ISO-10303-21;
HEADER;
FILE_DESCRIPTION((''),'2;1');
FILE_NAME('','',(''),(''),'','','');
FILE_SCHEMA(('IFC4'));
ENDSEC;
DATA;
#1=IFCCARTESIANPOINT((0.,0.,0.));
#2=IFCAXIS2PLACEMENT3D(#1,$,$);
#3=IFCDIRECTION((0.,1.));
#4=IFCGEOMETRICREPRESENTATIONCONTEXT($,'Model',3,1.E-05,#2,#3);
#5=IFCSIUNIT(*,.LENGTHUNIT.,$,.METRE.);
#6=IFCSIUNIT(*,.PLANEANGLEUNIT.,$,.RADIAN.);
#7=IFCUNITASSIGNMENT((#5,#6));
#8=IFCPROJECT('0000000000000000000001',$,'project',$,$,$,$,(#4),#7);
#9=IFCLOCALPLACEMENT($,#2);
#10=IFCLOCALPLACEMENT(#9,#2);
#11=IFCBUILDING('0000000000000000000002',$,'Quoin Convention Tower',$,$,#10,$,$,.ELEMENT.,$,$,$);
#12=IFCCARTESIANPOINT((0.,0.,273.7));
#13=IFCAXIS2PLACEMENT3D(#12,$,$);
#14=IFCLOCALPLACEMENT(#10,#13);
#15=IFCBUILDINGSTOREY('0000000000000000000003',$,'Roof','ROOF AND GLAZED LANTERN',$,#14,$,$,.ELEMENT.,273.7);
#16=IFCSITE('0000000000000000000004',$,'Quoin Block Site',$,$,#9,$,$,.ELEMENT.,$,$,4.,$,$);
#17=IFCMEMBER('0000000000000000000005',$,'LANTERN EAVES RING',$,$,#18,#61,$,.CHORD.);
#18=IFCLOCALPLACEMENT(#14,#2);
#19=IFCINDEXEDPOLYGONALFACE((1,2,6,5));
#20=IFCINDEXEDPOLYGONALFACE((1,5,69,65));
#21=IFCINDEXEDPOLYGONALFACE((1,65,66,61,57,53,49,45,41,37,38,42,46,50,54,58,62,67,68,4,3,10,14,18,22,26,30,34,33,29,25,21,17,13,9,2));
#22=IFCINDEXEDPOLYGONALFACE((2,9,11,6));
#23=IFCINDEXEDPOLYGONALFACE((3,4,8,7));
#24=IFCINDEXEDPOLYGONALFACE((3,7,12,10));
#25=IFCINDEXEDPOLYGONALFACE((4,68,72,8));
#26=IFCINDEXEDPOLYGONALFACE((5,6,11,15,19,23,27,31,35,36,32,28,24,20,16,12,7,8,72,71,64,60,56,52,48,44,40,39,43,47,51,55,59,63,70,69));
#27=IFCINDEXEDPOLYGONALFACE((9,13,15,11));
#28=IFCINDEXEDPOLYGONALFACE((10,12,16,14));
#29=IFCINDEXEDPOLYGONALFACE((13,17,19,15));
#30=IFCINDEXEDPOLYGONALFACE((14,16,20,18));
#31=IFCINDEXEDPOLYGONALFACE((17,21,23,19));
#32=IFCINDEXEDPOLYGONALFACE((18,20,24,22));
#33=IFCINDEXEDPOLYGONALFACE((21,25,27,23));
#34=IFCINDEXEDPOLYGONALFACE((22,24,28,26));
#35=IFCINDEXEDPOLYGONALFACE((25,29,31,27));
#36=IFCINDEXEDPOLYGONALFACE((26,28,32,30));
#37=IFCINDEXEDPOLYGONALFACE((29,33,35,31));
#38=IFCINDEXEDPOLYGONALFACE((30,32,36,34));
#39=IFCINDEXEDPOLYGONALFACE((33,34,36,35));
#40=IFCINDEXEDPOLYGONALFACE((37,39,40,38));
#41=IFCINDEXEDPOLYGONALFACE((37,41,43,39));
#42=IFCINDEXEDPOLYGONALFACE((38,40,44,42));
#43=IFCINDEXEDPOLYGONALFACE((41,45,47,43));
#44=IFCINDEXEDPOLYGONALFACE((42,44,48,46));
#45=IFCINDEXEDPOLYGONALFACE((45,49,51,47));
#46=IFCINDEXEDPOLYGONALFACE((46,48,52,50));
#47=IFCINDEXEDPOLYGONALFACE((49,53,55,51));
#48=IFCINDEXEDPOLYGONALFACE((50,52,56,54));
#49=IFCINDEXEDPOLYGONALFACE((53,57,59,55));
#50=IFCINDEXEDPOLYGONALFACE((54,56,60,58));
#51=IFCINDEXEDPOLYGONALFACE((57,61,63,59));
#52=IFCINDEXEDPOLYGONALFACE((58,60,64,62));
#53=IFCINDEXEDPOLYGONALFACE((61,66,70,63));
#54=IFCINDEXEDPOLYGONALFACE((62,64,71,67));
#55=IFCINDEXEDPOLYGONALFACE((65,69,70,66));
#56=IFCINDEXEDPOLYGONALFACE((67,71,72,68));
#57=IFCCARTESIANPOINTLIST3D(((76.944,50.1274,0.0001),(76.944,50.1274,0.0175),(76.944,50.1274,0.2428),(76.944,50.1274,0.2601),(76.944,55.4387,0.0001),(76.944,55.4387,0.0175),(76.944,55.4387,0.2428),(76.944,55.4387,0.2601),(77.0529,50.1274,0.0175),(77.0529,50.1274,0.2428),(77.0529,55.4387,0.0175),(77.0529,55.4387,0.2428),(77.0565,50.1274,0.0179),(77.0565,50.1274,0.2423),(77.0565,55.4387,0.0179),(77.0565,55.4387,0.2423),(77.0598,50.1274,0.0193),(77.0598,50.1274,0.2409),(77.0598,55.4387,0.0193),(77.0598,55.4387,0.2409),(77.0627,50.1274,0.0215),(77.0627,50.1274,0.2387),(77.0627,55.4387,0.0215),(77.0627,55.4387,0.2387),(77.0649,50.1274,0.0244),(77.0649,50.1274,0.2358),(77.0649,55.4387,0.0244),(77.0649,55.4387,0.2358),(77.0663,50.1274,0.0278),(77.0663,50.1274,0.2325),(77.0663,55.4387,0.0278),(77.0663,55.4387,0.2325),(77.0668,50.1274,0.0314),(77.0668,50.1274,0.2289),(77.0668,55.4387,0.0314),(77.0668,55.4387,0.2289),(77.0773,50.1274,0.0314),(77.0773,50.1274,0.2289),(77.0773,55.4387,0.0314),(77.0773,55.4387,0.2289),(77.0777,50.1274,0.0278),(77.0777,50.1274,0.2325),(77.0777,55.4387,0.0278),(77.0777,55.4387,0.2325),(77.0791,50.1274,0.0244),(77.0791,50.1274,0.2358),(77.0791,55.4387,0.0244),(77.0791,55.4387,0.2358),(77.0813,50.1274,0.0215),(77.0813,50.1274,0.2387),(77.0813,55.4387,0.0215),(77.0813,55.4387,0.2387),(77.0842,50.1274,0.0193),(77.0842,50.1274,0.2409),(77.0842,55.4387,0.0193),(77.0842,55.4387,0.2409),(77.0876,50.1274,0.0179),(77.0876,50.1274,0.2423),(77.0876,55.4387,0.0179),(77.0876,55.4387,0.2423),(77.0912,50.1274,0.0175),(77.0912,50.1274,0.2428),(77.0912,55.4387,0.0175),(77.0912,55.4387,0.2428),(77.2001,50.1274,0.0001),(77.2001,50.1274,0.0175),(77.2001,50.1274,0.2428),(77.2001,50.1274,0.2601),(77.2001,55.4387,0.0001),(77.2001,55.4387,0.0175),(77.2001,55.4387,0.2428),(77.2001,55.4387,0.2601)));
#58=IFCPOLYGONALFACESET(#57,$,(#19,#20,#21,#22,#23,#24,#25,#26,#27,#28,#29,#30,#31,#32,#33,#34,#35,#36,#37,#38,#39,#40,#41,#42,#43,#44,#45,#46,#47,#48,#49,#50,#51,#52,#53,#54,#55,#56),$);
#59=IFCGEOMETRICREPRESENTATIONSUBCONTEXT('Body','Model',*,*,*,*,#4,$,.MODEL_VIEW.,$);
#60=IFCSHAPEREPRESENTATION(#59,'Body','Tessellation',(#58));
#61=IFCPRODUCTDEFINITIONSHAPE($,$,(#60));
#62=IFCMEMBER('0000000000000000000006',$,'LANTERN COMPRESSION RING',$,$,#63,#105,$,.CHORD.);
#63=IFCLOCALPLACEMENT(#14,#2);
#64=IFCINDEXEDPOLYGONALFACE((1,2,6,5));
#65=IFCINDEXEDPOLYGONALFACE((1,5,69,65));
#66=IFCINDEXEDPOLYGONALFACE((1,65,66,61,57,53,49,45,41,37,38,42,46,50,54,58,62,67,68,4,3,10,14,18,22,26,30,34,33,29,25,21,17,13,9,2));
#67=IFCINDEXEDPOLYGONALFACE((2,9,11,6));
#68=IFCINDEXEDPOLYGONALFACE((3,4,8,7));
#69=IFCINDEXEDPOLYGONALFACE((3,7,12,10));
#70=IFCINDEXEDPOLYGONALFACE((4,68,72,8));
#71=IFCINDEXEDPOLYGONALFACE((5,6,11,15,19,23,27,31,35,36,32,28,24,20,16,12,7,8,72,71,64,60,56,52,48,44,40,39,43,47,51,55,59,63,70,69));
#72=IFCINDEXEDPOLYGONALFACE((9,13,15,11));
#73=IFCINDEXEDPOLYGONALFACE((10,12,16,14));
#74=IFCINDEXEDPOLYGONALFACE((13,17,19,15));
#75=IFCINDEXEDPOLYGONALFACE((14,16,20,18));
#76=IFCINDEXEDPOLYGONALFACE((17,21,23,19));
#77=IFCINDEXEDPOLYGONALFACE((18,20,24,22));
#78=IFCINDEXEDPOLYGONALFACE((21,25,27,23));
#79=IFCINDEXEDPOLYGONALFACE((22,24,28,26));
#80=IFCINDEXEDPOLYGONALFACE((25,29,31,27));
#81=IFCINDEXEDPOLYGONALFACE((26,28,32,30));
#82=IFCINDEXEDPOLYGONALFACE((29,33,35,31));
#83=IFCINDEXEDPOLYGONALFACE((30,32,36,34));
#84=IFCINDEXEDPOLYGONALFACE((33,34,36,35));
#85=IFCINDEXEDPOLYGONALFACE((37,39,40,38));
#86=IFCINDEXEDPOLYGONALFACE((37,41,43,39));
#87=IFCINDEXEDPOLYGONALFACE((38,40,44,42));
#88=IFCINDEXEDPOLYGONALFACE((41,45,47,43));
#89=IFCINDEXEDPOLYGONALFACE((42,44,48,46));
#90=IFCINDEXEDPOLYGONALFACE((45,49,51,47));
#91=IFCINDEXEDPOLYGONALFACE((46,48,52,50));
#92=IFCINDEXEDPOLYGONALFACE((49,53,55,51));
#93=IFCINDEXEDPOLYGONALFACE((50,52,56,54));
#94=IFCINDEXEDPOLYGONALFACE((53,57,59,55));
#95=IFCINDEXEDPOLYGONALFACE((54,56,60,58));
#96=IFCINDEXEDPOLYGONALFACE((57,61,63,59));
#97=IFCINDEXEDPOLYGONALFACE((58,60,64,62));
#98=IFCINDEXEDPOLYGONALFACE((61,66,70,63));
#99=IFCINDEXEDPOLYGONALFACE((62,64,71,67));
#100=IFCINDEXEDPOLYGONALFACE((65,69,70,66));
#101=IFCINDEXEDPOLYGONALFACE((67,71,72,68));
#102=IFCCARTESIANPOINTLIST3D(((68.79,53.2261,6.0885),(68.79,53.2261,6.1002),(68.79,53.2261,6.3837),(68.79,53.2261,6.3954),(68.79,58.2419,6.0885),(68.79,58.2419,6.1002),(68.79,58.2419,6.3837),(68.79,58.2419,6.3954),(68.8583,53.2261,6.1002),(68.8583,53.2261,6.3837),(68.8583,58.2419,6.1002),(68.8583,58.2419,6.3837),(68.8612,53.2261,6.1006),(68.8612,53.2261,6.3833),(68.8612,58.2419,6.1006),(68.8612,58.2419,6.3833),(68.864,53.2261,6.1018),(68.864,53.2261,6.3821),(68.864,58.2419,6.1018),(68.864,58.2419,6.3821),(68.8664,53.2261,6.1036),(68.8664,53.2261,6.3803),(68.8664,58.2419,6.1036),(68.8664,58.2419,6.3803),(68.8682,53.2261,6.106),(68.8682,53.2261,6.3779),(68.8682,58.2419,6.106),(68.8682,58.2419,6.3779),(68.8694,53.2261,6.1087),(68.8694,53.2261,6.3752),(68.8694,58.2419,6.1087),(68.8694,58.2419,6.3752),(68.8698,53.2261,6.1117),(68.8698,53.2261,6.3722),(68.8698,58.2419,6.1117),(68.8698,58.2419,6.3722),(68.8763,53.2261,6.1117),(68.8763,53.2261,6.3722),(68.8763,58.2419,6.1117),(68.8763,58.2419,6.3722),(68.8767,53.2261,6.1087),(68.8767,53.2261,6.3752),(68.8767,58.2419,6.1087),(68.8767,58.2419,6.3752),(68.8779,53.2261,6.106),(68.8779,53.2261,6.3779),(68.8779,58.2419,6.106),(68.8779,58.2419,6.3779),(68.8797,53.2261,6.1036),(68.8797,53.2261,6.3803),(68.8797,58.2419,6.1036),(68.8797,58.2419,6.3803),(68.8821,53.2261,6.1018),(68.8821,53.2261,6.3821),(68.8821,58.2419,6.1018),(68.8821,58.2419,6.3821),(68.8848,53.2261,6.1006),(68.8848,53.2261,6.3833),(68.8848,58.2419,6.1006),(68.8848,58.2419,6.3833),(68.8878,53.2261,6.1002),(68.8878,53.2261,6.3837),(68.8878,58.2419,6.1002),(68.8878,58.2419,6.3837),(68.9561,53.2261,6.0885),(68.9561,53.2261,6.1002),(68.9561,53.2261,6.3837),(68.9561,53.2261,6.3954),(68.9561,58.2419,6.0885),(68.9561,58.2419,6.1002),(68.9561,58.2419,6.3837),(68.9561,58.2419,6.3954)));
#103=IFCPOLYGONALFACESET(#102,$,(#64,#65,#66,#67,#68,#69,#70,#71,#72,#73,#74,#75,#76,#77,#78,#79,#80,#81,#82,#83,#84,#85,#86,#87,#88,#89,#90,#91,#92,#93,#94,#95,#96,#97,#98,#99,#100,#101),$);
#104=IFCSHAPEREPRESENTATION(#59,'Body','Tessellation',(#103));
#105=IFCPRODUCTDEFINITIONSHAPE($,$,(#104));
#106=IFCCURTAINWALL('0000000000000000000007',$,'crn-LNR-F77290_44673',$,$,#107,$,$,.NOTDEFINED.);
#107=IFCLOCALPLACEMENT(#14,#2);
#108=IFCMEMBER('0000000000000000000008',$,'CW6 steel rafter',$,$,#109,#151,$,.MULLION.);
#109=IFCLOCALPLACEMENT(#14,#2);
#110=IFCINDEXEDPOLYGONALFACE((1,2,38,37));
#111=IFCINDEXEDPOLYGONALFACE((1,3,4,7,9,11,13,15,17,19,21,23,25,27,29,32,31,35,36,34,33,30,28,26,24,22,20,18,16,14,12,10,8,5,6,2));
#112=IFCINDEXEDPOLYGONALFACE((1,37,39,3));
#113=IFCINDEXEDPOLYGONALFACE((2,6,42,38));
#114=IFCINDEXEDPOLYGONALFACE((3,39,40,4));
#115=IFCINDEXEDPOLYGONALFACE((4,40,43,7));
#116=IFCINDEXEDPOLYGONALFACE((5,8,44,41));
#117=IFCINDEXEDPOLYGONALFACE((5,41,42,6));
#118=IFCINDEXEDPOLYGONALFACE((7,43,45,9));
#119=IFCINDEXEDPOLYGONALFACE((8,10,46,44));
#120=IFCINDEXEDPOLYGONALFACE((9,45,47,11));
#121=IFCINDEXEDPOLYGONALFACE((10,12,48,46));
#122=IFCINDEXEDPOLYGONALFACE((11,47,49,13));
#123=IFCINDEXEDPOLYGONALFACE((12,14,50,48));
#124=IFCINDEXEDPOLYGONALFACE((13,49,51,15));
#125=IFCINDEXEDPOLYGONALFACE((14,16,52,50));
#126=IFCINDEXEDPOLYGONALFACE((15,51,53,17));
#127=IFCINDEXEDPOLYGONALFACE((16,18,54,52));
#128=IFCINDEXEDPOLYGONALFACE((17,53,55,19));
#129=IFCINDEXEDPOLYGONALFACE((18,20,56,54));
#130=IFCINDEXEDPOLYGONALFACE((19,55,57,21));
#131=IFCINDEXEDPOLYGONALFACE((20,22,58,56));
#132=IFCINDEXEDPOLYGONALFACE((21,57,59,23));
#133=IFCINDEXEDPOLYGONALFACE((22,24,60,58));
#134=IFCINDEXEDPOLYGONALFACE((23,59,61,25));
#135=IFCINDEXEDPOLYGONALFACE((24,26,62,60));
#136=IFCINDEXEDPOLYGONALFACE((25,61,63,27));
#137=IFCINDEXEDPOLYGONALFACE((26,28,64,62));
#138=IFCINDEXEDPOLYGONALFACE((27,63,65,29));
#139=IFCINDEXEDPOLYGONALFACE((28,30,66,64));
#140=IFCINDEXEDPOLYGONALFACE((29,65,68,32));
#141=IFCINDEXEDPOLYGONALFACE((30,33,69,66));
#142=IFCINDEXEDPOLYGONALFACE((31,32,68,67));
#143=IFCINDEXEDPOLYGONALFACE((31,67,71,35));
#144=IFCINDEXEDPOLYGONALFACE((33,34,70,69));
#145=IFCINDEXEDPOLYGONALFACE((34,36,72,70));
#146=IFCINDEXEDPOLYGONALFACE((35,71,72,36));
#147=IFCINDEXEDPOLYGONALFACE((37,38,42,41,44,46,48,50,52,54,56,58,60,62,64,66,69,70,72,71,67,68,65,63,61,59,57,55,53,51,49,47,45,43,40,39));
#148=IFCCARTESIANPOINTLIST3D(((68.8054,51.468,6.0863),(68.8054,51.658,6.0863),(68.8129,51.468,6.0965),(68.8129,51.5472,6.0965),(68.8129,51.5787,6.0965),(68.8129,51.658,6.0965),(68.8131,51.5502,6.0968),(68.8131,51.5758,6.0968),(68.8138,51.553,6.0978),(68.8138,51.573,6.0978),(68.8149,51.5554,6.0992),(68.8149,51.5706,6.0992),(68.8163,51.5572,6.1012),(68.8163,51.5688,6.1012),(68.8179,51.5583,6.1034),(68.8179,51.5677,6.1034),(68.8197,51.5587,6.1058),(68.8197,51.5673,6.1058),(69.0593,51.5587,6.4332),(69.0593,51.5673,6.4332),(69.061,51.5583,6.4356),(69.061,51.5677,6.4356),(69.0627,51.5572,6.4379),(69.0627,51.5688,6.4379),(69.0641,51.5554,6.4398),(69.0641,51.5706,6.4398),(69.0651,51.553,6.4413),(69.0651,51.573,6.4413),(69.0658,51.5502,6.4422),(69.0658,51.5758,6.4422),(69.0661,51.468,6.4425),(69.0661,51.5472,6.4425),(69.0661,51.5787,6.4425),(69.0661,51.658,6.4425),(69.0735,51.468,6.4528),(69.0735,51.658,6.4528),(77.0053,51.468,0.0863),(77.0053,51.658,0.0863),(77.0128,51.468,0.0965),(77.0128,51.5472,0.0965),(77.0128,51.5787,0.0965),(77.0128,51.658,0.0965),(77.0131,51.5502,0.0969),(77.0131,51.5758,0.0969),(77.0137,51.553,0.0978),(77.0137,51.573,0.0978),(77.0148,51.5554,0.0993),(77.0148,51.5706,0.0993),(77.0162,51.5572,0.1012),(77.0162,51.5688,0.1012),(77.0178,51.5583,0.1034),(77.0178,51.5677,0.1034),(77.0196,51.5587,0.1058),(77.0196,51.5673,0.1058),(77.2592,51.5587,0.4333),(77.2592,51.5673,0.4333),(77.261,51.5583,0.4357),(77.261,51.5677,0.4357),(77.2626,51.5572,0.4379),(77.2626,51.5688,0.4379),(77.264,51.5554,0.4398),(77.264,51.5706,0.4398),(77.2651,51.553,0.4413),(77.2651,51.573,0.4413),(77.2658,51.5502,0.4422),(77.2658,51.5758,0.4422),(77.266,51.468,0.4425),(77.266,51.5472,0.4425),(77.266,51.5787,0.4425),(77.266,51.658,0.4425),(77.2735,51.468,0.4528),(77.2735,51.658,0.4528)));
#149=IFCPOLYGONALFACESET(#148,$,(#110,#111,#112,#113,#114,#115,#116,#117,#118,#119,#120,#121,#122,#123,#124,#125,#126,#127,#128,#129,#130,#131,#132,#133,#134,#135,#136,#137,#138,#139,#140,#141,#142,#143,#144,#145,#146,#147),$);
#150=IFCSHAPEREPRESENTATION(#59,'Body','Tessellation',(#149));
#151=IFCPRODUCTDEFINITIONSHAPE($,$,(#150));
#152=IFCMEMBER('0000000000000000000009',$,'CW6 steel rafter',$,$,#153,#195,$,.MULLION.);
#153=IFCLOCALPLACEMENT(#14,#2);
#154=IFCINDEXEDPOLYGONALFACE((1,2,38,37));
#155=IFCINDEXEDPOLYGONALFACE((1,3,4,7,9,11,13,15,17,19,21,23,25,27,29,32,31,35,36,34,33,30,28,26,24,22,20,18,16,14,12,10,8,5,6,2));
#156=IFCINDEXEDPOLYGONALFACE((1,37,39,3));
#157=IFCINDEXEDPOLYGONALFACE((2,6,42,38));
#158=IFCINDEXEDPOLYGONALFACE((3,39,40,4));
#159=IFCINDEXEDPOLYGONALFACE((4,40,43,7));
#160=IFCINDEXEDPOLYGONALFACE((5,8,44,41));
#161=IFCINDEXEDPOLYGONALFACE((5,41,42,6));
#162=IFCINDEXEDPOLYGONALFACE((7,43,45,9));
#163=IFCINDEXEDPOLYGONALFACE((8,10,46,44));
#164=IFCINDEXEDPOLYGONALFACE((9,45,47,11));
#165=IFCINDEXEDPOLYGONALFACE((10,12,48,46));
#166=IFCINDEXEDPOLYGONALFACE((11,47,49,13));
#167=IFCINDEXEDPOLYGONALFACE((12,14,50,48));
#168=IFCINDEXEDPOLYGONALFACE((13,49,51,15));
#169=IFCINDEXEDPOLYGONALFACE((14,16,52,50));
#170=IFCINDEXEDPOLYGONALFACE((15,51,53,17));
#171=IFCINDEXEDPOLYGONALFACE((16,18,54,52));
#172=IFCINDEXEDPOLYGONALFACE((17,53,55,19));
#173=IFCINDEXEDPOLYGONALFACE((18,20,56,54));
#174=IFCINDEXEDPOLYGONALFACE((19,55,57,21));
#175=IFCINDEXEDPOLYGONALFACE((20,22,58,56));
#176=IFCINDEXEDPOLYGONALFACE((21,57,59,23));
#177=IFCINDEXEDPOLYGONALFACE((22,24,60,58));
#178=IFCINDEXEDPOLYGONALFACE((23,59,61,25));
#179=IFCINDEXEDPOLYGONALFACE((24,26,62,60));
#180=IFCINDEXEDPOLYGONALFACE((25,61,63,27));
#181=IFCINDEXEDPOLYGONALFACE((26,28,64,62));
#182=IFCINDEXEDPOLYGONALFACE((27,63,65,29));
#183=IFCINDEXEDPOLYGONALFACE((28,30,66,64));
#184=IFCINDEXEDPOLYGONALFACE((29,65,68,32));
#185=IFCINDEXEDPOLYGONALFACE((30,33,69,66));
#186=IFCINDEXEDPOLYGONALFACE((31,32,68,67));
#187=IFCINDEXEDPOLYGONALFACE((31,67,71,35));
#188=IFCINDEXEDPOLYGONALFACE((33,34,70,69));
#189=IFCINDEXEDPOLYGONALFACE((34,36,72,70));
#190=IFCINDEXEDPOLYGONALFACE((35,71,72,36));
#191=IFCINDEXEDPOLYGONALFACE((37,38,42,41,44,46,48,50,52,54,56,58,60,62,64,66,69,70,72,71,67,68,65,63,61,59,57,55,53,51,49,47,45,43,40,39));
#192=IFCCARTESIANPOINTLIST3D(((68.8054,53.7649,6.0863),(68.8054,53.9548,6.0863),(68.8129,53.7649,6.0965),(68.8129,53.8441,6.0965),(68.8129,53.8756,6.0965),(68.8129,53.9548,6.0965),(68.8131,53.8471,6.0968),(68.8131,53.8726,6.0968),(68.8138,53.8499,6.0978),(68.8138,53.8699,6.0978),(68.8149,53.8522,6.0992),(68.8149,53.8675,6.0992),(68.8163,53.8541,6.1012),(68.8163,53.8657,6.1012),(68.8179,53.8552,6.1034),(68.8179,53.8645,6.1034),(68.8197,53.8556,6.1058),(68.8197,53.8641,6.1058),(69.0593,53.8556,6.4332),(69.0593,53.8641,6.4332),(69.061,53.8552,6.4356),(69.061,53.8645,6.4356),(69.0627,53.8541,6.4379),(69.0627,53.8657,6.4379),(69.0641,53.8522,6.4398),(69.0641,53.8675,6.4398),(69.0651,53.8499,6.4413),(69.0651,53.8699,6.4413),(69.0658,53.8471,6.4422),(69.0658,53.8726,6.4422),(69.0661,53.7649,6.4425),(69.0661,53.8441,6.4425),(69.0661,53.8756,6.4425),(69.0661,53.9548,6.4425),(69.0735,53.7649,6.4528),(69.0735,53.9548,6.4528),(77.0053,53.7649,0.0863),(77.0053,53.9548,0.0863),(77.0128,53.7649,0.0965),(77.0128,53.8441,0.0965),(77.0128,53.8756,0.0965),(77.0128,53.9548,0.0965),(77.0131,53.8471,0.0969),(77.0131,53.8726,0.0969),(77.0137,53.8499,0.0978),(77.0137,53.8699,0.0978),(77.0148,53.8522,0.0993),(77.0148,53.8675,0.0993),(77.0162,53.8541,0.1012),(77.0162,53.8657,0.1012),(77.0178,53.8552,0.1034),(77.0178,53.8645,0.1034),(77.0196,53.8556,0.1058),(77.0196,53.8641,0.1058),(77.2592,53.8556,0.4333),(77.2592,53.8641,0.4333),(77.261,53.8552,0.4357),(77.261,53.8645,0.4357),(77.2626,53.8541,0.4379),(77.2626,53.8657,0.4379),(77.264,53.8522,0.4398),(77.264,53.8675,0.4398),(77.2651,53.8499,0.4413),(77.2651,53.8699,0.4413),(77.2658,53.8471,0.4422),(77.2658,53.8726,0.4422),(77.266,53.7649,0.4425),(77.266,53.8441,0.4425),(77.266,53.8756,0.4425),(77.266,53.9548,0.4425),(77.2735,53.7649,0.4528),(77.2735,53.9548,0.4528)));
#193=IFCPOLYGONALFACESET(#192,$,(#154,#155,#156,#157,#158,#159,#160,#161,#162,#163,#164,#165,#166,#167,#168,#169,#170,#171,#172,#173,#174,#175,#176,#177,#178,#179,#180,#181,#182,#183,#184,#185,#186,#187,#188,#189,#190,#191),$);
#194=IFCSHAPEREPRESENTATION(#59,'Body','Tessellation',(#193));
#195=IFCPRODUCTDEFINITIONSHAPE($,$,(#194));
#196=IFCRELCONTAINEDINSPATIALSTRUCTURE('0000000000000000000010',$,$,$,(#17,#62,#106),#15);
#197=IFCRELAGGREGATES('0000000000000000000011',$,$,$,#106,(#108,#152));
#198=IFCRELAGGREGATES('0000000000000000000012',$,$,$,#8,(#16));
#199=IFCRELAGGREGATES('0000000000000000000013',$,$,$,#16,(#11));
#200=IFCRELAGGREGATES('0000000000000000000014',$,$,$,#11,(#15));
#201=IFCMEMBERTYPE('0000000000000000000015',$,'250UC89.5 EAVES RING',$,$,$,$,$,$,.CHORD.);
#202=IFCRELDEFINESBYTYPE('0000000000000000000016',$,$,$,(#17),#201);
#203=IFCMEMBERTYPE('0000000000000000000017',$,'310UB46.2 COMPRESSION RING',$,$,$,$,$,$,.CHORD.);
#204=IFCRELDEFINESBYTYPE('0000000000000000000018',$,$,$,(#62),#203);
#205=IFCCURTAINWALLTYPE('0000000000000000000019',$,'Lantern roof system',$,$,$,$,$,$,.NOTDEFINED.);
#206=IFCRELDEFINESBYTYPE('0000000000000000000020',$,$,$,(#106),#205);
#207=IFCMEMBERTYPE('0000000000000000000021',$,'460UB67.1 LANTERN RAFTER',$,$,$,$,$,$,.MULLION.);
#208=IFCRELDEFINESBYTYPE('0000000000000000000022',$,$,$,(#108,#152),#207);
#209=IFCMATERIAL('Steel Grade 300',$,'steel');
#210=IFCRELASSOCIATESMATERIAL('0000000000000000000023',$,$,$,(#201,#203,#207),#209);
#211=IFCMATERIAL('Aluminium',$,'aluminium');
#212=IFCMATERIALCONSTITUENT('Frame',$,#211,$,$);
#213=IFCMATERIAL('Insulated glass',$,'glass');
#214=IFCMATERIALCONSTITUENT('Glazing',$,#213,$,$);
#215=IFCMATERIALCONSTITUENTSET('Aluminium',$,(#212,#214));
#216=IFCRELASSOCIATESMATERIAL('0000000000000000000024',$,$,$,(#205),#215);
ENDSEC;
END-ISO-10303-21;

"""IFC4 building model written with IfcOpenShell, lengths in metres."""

from ifc_helpers import new_model, si_unit, direction, frame, origin, origin_2d, place, context, subcontext, project, spatial, i_section, extrude, material, constituent, constituent_set, material_profile, profile_set, type_object, element, aggregate, save


model = new_model("IFC4")

# Units and contexts
model_context = context("Model", 3, precision=1e-05, world=origin(), true_north=direction((0.0, 1.0)))
body_context = subcontext(model_context, "Body", "Model", "MODEL_VIEW")
ifc_project = project(units=[si_unit("LENGTHUNIT", "METRE"), si_unit("PLANEANGLEUNIT", "RADIAN")], contexts=[model_context])

# Site, building, storey
site_placement = place(None, origin())
site = spatial("IfcSite", under=ifc_project, at=site_placement, Name="Quoin Block Site", CompositionType="ELEMENT", RefElevation=4.0)
building_placement = place(site_placement, origin())
building = spatial("IfcBuilding", under=site, at=building_placement, Name="Quoin Convention Tower", CompositionType="ELEMENT")
storey_placement = place(building_placement, frame((0.0, 0.0, 273.7)))
storey = spatial("IfcBuildingStorey", under=building, at=storey_placement, Name="Roof", Description="ROOF AND GLAZED LANTERN", CompositionType="ELEMENT", Elevation=273.7)

# Members
ifc_material_1 = material(Name="Steel Grade 300", Category="steel")
ifc_material_profile_1 = material_profile(ifc_material_1, i_section(OverallWidth=0.2561, OverallDepth=0.26, WebThickness=0.0105, FlangeThickness=0.0173, FilletRadius=0.0139, at=origin_2d()), Name="250UC89.5")
ifc_profile_set_1 = profile_set([ifc_material_profile_1], Name="Steel Grade 300")
member_type_1 = type_object("IfcMemberType", Name="250UC89.5 EAVES RING", PredefinedType="CHORD", material=ifc_profile_set_1)
member_1_placement = place(storey_placement, frame((77.072, 50.1274, 0.1301), z_axis=(0.0, 1.0, 0.0), x_axis=(-1.0, 0.0, 0.0)))
element("IfcMember", 1, at=member_1_placement, inside=storey, type_object=member_type_1, Name="LANTERN EAVES RING", PredefinedType="CHORD", context=body_context, shape_type="SweptSolid", body=[
    extrude(i_section(OverallWidth=0.2561, OverallDepth=0.26, WebThickness=0.0105, FlangeThickness=0.0173, FilletRadius=0.0139, at=origin_2d()), origin(), (0.0, 0.0, 1.0), 5.3113),
])
ifc_material_profile_2 = material_profile(ifc_material_1, i_section(OverallWidth=0.166, OverallDepth=0.3069, WebThickness=0.0066, FlangeThickness=0.0117, FilletRadius=0.0115, at=origin_2d()), Name="310UB46.2")
ifc_profile_set_2 = profile_set([ifc_material_profile_2], Name="Steel Grade 300")
member_type_2 = type_object("IfcMemberType", Name="310UB46.2 COMPRESSION RING", PredefinedType="CHORD", material=ifc_profile_set_2)
member_2_placement = place(storey_placement, frame((68.873, 53.2261, 6.2419), z_axis=(0.0, 1.0, 0.0), x_axis=(-1.0, 0.0, 0.0)))
element("IfcMember", 2, at=member_2_placement, inside=storey, type_object=member_type_2, Name="LANTERN COMPRESSION RING", PredefinedType="CHORD", context=body_context, shape_type="SweptSolid", body=[
    extrude(i_section(OverallWidth=0.166, OverallDepth=0.3069, WebThickness=0.0066, FlangeThickness=0.0117, FilletRadius=0.0115, at=origin_2d()), origin(), (0.0, 0.0, 1.0), 5.0159),
])

# Curtain wall, members
ifc_material_2 = material(Name="Aluminium", Category="aluminium")
ifc_constituent_1 = constituent(ifc_material_2, Name="Frame")
ifc_material_3 = material(Name="Insulated glass", Category="glass")
ifc_constituent_2 = constituent(ifc_material_3, Name="Glazing")
ifc_constituent_set = constituent_set(constituents=[ifc_constituent_1, ifc_constituent_2], Name="Aluminium")
curtain_wall_type = type_object("IfcCurtainWallType", Name="Lantern roof system", PredefinedType="NOTDEFINED", material=ifc_constituent_set)
curtain_wall_1_placement = place(storey_placement, origin())
curtain_wall_1 = element("IfcCurtainWall", 3, at=curtain_wall_1_placement, inside=storey, type_object=curtain_wall_type, Name="crn-LNR-F77290_44673", PredefinedType="NOTDEFINED")
ifc_material_profile_3 = material_profile(ifc_material_1, i_section(OverallWidth=0.1899, OverallDepth=0.4541, WebThickness=0.0085, FlangeThickness=0.0127, FilletRadius=0.0115, at=origin_2d()), Name="460UB67.1")
ifc_profile_set_3 = profile_set([ifc_material_profile_3], Name="Steel Grade 300")
member_type_3 = type_object("IfcMemberType", Name="460UB67.1 LANTERN RAFTER", PredefinedType="MULLION", material=ifc_profile_set_3)
member_3_placement = place(storey_placement, frame((77.1394, 51.563, 0.2695), z_axis=(-0.807029, 0.0, 0.590512), x_axis=(0.0, -1.0, 0.0)))
member_3 = element("IfcMember", 4, at=member_3_placement, type_object=member_type_3, Name="CW6 steel rafter", PredefinedType="MULLION", context=body_context, shape_type="SweptSolid", body=[
    extrude(i_section(OverallWidth=0.1899, OverallDepth=0.4541, WebThickness=0.0085, FlangeThickness=0.0127, FilletRadius=0.0115, at=origin_2d()), origin(), (0.0, 0.0, 1.0), 10.1606),
])
member_4_placement = place(storey_placement, frame((77.1394, 53.8599, 0.2695), z_axis=(-0.807029, 0.0, 0.590512), x_axis=(0.0, -1.0, 0.0)))
member_4 = element("IfcMember", 5, at=member_4_placement, type_object=member_type_3, Name="CW6 steel rafter", PredefinedType="MULLION", context=body_context, shape_type="SweptSolid", body=[
    extrude(i_section(OverallWidth=0.1899, OverallDepth=0.4541, WebThickness=0.0085, FlangeThickness=0.0127, FilletRadius=0.0115, at=origin_2d()), origin(), (0.0, 0.0, 1.0), 10.1606),
])

aggregate(curtain_wall_1, [member_3, member_4])

save(model, "model.ifc")
